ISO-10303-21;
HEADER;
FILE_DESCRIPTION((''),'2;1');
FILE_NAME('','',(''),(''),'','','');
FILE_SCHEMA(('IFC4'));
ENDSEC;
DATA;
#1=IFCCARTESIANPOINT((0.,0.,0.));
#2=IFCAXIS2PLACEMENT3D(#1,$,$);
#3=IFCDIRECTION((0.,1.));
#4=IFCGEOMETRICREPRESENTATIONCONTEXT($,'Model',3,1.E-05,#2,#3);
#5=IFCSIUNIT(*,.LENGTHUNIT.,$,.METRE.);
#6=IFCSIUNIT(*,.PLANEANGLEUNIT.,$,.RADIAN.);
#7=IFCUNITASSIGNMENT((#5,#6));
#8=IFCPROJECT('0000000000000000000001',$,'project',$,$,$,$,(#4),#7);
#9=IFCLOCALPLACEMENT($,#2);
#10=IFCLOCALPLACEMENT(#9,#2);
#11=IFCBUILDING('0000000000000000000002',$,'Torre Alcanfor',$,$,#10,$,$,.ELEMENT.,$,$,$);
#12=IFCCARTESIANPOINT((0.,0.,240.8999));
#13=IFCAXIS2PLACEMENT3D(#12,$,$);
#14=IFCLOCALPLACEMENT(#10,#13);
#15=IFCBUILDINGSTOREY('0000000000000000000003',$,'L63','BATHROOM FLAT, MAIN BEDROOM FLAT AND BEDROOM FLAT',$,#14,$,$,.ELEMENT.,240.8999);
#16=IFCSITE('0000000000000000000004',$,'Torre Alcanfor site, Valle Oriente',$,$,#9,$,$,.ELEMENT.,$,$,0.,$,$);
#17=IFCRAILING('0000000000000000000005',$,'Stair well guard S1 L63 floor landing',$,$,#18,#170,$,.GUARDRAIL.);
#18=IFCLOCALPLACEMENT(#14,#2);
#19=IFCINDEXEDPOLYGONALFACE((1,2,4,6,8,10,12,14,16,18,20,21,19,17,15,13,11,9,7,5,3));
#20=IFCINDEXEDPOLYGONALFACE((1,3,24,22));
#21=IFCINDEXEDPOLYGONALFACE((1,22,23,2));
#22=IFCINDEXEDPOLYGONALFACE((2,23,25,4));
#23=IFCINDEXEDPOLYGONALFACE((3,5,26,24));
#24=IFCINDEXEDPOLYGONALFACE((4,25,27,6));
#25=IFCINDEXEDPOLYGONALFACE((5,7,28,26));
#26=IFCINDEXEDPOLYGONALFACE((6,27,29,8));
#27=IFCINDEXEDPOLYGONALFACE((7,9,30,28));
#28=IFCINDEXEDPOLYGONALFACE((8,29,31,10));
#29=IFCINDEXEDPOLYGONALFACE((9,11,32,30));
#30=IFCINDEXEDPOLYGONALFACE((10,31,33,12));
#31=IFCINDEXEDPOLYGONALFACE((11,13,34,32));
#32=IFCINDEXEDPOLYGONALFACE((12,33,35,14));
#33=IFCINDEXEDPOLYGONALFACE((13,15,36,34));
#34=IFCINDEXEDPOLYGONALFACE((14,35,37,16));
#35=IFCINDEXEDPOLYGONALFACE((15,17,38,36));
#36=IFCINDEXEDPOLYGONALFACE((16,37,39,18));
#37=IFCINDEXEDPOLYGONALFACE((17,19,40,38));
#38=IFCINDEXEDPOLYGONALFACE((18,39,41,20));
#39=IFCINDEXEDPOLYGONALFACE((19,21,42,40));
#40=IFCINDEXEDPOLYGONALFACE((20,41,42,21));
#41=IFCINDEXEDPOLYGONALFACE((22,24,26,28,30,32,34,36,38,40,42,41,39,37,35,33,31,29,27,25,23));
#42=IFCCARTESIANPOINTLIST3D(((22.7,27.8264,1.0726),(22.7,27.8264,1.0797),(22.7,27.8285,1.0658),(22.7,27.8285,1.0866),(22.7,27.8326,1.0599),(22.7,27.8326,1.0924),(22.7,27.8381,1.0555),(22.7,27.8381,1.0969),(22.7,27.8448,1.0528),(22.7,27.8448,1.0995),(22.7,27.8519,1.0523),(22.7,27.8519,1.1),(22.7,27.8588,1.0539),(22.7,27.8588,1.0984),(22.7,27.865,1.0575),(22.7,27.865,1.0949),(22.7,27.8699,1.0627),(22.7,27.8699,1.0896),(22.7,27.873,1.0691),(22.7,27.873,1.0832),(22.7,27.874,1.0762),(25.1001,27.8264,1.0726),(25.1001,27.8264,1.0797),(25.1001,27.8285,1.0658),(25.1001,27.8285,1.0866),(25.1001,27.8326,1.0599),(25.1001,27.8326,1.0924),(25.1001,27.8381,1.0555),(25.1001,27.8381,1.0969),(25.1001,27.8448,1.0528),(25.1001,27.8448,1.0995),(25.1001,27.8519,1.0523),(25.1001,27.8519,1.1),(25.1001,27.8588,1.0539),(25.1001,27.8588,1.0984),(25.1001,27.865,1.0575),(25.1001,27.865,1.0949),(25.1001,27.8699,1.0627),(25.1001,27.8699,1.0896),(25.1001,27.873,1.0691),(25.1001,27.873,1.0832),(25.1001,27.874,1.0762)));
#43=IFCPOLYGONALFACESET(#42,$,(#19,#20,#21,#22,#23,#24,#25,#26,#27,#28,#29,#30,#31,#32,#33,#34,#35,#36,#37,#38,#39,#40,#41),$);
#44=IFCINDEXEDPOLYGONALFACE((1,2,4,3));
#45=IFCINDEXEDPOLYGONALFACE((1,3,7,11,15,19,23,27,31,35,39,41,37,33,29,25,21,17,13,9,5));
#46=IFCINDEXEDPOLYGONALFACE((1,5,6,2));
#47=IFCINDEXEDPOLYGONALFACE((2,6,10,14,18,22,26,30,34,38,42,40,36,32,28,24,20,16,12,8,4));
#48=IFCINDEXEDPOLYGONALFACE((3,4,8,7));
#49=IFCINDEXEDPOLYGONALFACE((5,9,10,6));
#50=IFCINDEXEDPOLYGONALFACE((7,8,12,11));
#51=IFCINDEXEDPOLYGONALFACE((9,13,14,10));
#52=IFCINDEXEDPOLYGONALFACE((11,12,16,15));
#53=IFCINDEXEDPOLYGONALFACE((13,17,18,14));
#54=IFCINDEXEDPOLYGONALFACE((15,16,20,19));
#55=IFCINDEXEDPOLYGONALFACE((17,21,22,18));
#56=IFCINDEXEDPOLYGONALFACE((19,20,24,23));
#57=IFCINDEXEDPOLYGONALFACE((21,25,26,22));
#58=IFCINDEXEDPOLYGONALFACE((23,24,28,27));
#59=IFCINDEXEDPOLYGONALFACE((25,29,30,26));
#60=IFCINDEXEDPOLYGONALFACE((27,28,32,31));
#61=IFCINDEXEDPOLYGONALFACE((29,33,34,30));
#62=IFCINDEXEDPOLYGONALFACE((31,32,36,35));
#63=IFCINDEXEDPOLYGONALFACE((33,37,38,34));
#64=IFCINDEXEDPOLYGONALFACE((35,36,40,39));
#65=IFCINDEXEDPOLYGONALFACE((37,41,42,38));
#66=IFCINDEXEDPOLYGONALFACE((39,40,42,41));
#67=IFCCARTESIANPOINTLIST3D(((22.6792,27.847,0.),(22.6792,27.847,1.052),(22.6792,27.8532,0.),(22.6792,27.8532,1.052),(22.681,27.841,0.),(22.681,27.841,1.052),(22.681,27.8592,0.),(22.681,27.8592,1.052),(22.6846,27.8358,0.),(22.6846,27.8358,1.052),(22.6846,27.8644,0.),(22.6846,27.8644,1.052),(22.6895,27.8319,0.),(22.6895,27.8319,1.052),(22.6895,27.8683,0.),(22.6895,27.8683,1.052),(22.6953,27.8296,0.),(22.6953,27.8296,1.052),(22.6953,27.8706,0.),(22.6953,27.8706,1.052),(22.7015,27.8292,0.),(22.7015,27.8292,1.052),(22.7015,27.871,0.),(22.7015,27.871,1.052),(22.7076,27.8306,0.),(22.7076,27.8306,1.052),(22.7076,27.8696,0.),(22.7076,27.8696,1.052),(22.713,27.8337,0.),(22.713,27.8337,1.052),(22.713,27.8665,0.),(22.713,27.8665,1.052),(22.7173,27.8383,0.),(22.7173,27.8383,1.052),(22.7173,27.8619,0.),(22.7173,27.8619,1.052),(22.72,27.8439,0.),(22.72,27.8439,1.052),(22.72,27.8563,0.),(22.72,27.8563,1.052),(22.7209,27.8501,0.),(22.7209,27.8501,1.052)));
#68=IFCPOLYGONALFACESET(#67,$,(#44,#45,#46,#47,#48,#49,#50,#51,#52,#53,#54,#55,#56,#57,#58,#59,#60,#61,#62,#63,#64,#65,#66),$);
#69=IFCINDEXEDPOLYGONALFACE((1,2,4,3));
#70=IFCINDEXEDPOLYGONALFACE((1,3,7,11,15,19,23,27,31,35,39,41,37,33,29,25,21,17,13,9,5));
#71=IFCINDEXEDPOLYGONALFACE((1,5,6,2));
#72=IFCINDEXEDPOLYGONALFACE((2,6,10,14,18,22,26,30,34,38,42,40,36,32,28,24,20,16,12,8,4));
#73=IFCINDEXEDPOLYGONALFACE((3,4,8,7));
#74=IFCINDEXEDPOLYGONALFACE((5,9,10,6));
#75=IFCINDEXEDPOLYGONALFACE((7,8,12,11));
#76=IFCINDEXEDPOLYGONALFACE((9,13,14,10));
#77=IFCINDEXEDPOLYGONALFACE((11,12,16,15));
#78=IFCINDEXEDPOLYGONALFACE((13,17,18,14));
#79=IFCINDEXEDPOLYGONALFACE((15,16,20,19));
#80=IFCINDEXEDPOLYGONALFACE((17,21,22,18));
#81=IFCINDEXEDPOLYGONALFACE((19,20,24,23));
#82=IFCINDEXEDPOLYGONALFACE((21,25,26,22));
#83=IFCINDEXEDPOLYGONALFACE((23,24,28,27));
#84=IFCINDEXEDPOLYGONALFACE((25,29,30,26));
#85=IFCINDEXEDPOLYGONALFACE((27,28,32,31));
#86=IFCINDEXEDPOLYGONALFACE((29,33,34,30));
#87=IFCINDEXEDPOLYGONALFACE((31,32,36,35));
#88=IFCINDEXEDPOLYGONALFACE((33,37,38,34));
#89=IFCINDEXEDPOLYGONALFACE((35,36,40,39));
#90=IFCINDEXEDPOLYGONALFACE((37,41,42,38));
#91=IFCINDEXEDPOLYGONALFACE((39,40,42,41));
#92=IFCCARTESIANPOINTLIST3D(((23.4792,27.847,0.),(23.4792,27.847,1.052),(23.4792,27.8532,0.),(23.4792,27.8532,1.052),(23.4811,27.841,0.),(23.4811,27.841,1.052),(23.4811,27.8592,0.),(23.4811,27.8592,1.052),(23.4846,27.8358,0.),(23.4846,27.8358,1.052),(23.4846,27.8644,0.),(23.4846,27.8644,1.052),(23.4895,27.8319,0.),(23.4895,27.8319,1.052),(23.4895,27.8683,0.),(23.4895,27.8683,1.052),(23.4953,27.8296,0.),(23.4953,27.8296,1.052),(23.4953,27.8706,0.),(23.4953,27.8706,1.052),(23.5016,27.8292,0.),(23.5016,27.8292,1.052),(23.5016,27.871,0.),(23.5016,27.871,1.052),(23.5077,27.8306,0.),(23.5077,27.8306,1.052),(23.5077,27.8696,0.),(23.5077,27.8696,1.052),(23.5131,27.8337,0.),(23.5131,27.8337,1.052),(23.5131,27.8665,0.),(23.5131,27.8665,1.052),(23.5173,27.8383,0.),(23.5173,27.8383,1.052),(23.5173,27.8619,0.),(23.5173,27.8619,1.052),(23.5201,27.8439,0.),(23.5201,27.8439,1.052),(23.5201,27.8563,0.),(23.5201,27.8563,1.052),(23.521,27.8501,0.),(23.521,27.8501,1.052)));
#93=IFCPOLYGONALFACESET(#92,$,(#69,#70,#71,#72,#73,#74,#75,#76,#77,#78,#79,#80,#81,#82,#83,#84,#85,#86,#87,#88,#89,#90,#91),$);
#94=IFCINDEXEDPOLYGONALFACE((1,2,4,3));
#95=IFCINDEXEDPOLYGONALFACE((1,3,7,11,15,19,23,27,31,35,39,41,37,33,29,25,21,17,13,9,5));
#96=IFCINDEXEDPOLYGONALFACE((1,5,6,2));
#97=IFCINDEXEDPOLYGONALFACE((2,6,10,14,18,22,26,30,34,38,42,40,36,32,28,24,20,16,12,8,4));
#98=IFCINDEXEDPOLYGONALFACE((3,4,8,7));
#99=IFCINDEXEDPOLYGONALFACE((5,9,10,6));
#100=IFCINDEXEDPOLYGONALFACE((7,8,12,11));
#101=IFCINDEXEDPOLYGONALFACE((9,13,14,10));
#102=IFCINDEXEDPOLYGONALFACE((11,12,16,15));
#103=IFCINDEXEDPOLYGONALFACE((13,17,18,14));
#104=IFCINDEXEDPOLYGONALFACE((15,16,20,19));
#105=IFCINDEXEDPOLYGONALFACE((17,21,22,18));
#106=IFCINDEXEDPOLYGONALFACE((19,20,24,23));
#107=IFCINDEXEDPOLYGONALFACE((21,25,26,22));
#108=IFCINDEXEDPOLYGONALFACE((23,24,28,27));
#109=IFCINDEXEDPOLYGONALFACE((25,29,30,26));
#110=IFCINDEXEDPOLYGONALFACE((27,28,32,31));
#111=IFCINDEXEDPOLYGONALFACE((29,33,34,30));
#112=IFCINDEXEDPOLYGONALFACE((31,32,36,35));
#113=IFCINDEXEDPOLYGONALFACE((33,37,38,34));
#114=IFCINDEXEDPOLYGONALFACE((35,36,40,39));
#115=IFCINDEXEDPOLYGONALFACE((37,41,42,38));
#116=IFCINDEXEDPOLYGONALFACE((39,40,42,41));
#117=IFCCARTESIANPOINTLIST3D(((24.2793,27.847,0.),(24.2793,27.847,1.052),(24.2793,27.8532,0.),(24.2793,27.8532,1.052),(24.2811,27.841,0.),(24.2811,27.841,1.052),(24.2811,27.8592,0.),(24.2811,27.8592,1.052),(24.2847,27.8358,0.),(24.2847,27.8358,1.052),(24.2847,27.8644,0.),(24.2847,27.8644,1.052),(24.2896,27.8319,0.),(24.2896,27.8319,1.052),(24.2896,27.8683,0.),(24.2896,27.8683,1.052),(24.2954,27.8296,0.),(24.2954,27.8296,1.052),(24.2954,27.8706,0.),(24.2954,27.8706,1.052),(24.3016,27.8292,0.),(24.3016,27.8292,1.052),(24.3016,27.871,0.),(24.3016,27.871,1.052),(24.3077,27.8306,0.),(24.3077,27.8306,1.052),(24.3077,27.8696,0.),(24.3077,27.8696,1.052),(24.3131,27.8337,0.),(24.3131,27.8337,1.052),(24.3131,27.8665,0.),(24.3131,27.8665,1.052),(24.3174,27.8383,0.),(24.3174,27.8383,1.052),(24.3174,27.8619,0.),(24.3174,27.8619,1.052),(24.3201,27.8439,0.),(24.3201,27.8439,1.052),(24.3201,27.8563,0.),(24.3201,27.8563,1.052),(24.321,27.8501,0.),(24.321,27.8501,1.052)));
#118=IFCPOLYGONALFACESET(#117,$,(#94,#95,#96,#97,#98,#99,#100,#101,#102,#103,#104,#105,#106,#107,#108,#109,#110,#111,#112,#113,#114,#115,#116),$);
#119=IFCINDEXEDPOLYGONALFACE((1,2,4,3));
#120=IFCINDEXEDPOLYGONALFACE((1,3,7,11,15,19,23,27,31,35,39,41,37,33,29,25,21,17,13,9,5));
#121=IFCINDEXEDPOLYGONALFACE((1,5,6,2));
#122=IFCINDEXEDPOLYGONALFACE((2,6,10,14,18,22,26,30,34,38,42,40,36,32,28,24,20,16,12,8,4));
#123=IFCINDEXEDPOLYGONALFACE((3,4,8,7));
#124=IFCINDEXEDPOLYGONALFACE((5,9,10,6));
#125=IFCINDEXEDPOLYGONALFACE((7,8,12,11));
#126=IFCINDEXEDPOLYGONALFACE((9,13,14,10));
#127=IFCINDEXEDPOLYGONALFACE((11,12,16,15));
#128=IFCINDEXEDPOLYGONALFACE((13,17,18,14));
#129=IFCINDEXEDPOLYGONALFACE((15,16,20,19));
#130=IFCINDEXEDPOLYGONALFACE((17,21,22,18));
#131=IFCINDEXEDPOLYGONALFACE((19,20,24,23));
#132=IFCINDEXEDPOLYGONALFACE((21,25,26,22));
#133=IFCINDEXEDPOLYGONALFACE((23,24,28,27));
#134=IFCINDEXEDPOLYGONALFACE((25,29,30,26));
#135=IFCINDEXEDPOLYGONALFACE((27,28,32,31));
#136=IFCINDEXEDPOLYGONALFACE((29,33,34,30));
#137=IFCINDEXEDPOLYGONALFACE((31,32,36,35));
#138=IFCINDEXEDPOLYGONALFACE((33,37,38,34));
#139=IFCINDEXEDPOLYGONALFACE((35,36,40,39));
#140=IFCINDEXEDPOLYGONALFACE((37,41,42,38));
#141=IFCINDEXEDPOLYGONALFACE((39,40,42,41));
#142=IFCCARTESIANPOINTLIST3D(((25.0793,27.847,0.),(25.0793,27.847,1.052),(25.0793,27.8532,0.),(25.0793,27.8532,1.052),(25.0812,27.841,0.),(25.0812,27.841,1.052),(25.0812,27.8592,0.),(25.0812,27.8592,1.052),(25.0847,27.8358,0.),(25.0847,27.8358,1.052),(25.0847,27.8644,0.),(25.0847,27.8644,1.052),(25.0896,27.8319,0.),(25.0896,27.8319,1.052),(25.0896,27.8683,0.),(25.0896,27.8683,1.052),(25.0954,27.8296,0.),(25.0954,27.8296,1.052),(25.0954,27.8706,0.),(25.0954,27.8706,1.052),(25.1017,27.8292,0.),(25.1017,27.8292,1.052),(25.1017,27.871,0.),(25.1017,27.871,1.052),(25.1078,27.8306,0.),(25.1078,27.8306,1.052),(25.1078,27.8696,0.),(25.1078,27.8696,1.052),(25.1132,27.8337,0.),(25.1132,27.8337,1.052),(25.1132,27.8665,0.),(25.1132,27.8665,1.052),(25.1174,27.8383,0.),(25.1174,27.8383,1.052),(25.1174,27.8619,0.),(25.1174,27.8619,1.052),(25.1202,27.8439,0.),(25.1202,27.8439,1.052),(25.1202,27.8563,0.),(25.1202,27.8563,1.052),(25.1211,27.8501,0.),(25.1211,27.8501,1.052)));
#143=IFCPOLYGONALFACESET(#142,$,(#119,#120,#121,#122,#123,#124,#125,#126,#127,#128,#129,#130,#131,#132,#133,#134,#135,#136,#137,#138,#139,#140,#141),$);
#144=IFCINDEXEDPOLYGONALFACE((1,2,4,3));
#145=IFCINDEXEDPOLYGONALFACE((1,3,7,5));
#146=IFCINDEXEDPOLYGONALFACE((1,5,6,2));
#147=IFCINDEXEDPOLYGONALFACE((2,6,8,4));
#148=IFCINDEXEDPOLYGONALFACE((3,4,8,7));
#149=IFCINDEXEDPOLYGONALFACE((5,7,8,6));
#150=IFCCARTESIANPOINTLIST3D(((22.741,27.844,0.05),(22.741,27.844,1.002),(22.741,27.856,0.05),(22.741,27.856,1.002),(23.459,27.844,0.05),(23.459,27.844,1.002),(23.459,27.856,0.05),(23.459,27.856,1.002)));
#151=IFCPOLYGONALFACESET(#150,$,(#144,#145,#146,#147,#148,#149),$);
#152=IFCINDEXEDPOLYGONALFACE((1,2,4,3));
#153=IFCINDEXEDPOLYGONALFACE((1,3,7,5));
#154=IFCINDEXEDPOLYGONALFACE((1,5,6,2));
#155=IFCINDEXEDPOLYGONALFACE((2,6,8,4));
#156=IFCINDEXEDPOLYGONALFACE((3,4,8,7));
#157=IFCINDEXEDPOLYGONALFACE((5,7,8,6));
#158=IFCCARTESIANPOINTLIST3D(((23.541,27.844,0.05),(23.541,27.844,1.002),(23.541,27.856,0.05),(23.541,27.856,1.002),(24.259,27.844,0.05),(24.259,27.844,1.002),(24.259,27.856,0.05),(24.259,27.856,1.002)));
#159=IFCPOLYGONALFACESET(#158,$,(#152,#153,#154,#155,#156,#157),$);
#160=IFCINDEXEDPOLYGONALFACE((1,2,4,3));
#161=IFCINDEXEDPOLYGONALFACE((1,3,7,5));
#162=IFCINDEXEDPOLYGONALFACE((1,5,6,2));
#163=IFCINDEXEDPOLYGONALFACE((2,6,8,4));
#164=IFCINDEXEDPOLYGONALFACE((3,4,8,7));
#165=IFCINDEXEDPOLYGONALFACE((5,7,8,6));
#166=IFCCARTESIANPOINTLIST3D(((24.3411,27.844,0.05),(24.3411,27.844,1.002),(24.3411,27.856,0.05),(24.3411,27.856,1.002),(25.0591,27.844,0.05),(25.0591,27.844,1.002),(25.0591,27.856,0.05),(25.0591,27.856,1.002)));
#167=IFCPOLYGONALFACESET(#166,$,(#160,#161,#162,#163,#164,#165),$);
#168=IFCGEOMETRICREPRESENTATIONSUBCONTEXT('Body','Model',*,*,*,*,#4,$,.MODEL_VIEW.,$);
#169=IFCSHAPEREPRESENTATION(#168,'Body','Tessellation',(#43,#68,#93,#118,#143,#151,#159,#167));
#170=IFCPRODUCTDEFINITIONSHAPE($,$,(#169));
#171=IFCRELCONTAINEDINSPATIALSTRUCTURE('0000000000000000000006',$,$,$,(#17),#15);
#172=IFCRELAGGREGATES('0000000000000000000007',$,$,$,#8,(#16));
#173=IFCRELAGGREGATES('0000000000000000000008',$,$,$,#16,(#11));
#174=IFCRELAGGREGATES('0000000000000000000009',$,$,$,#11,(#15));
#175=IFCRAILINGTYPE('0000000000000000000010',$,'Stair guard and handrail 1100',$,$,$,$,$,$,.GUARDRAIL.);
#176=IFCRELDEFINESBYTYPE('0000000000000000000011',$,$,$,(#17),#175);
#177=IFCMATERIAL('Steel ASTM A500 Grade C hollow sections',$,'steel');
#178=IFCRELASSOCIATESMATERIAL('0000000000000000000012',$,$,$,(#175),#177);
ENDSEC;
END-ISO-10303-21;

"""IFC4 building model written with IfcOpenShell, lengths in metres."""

from ifc_helpers import new_model, si_unit, direction, frame, origin, origin_2d, place, context, subcontext, project, spatial, polyline, circle, outline, extrude, material, type_object, element, save


model = new_model("IFC4")

# Units and contexts
model_context = context("Model", 3, precision=1e-05, world=origin(), true_north=direction((0.0, 1.0)))
body_context = subcontext(model_context, "Body", "Model", "MODEL_VIEW")
ifc_project = project(units=[si_unit("LENGTHUNIT", "METRE"), si_unit("PLANEANGLEUNIT", "RADIAN")], contexts=[model_context])

# Site, building, storey
site_placement = place(None, origin())
site = spatial("IfcSite", under=ifc_project, at=site_placement, Name="Torre Alcanfor site, Valle Oriente", CompositionType="ELEMENT", RefElevation=0.0)
building_placement = place(site_placement, origin())
building = spatial("IfcBuilding", under=site, at=building_placement, Name="Torre Alcanfor", CompositionType="ELEMENT")
storey_placement = place(building_placement, frame((0.0, 0.0, 240.8999)))
storey = spatial("IfcBuildingStorey", under=building, at=storey_placement, Name="L63", Description="BATHROOM FLAT, MAIN BEDROOM FLAT AND BEDROOM FLAT", CompositionType="ELEMENT", Elevation=240.8999)

# Railing
ifc_material_1 = material(Name="Steel ASTM A500 Grade C hollow sections", Category="steel")
railing_type = type_object("IfcRailingType", Name="Stair guard and handrail 1100", PredefinedType="GUARDRAIL", material=ifc_material_1)
railing_1_placement = place(storey_placement, frame((22.7, 27.8501, 0.0)))
element("IfcRailing", 1, at=railing_1_placement, inside=storey, type_object=railing_type, Name="Stair well guard S1 L63 floor landing", PredefinedType="GUARDRAIL", context=body_context, shape_type="SweptSolid", body=[
    extrude(circle(Radius=0.0239, at=origin_2d()), frame((0.0, 0.0, 1.0762), z_axis=(1.0, 0.0, 0.0), x_axis=(0.0, 1.0, 0.0)), (0.0, 0.0, 1.0), 2.4001),
    extrude(circle(Radius=0.021, at=origin_2d()), origin(), (0.0, 0.0, 1.0), 1.052),
    extrude(circle(Radius=0.021, at=origin_2d()), frame((0.8, 0.0, 0.0)), (0.0, 0.0, 1.0), 1.052),
    extrude(circle(Radius=0.021, at=origin_2d()), frame((1.6001, 0.0, 0.0)), (0.0, 0.0, 1.0), 1.052),
    extrude(circle(Radius=0.021, at=origin_2d()), frame((2.4001, 0.0, 0.0)), (0.0, 0.0, 1.0), 1.052),
    extrude(outline(polyline([(0.041, 0.05), (0.759, 0.05), (0.759, 1.002), (0.041, 1.002), (0.041, 0.05)])), frame((0.0, 0.0059, 0.0), z_axis=(0.0, -1.0, 0.0), x_axis=(1.0, 0.0, 0.0)), (0.0, 0.0, 1.0), 0.012),
    extrude(outline(polyline([(0.8411, 0.05), (1.5591, 0.05), (1.5591, 1.002), (0.8411, 1.002), (0.8411, 0.05)])), frame((0.0, 0.0059, 0.0), z_axis=(0.0, -1.0, 0.0), x_axis=(1.0, 0.0, 0.0)), (0.0, 0.0, 1.0), 0.012),
    extrude(outline(polyline([(1.6411, 0.05), (2.3591, 0.05), (2.3591, 1.002), (1.6411, 1.002), (1.6411, 0.05)])), frame((0.0, 0.0059, 0.0), z_axis=(0.0, -1.0, 0.0), x_axis=(1.0, 0.0, 0.0)), (0.0, 0.0, 1.0), 0.012),
])

save(model, "model.ifc")
